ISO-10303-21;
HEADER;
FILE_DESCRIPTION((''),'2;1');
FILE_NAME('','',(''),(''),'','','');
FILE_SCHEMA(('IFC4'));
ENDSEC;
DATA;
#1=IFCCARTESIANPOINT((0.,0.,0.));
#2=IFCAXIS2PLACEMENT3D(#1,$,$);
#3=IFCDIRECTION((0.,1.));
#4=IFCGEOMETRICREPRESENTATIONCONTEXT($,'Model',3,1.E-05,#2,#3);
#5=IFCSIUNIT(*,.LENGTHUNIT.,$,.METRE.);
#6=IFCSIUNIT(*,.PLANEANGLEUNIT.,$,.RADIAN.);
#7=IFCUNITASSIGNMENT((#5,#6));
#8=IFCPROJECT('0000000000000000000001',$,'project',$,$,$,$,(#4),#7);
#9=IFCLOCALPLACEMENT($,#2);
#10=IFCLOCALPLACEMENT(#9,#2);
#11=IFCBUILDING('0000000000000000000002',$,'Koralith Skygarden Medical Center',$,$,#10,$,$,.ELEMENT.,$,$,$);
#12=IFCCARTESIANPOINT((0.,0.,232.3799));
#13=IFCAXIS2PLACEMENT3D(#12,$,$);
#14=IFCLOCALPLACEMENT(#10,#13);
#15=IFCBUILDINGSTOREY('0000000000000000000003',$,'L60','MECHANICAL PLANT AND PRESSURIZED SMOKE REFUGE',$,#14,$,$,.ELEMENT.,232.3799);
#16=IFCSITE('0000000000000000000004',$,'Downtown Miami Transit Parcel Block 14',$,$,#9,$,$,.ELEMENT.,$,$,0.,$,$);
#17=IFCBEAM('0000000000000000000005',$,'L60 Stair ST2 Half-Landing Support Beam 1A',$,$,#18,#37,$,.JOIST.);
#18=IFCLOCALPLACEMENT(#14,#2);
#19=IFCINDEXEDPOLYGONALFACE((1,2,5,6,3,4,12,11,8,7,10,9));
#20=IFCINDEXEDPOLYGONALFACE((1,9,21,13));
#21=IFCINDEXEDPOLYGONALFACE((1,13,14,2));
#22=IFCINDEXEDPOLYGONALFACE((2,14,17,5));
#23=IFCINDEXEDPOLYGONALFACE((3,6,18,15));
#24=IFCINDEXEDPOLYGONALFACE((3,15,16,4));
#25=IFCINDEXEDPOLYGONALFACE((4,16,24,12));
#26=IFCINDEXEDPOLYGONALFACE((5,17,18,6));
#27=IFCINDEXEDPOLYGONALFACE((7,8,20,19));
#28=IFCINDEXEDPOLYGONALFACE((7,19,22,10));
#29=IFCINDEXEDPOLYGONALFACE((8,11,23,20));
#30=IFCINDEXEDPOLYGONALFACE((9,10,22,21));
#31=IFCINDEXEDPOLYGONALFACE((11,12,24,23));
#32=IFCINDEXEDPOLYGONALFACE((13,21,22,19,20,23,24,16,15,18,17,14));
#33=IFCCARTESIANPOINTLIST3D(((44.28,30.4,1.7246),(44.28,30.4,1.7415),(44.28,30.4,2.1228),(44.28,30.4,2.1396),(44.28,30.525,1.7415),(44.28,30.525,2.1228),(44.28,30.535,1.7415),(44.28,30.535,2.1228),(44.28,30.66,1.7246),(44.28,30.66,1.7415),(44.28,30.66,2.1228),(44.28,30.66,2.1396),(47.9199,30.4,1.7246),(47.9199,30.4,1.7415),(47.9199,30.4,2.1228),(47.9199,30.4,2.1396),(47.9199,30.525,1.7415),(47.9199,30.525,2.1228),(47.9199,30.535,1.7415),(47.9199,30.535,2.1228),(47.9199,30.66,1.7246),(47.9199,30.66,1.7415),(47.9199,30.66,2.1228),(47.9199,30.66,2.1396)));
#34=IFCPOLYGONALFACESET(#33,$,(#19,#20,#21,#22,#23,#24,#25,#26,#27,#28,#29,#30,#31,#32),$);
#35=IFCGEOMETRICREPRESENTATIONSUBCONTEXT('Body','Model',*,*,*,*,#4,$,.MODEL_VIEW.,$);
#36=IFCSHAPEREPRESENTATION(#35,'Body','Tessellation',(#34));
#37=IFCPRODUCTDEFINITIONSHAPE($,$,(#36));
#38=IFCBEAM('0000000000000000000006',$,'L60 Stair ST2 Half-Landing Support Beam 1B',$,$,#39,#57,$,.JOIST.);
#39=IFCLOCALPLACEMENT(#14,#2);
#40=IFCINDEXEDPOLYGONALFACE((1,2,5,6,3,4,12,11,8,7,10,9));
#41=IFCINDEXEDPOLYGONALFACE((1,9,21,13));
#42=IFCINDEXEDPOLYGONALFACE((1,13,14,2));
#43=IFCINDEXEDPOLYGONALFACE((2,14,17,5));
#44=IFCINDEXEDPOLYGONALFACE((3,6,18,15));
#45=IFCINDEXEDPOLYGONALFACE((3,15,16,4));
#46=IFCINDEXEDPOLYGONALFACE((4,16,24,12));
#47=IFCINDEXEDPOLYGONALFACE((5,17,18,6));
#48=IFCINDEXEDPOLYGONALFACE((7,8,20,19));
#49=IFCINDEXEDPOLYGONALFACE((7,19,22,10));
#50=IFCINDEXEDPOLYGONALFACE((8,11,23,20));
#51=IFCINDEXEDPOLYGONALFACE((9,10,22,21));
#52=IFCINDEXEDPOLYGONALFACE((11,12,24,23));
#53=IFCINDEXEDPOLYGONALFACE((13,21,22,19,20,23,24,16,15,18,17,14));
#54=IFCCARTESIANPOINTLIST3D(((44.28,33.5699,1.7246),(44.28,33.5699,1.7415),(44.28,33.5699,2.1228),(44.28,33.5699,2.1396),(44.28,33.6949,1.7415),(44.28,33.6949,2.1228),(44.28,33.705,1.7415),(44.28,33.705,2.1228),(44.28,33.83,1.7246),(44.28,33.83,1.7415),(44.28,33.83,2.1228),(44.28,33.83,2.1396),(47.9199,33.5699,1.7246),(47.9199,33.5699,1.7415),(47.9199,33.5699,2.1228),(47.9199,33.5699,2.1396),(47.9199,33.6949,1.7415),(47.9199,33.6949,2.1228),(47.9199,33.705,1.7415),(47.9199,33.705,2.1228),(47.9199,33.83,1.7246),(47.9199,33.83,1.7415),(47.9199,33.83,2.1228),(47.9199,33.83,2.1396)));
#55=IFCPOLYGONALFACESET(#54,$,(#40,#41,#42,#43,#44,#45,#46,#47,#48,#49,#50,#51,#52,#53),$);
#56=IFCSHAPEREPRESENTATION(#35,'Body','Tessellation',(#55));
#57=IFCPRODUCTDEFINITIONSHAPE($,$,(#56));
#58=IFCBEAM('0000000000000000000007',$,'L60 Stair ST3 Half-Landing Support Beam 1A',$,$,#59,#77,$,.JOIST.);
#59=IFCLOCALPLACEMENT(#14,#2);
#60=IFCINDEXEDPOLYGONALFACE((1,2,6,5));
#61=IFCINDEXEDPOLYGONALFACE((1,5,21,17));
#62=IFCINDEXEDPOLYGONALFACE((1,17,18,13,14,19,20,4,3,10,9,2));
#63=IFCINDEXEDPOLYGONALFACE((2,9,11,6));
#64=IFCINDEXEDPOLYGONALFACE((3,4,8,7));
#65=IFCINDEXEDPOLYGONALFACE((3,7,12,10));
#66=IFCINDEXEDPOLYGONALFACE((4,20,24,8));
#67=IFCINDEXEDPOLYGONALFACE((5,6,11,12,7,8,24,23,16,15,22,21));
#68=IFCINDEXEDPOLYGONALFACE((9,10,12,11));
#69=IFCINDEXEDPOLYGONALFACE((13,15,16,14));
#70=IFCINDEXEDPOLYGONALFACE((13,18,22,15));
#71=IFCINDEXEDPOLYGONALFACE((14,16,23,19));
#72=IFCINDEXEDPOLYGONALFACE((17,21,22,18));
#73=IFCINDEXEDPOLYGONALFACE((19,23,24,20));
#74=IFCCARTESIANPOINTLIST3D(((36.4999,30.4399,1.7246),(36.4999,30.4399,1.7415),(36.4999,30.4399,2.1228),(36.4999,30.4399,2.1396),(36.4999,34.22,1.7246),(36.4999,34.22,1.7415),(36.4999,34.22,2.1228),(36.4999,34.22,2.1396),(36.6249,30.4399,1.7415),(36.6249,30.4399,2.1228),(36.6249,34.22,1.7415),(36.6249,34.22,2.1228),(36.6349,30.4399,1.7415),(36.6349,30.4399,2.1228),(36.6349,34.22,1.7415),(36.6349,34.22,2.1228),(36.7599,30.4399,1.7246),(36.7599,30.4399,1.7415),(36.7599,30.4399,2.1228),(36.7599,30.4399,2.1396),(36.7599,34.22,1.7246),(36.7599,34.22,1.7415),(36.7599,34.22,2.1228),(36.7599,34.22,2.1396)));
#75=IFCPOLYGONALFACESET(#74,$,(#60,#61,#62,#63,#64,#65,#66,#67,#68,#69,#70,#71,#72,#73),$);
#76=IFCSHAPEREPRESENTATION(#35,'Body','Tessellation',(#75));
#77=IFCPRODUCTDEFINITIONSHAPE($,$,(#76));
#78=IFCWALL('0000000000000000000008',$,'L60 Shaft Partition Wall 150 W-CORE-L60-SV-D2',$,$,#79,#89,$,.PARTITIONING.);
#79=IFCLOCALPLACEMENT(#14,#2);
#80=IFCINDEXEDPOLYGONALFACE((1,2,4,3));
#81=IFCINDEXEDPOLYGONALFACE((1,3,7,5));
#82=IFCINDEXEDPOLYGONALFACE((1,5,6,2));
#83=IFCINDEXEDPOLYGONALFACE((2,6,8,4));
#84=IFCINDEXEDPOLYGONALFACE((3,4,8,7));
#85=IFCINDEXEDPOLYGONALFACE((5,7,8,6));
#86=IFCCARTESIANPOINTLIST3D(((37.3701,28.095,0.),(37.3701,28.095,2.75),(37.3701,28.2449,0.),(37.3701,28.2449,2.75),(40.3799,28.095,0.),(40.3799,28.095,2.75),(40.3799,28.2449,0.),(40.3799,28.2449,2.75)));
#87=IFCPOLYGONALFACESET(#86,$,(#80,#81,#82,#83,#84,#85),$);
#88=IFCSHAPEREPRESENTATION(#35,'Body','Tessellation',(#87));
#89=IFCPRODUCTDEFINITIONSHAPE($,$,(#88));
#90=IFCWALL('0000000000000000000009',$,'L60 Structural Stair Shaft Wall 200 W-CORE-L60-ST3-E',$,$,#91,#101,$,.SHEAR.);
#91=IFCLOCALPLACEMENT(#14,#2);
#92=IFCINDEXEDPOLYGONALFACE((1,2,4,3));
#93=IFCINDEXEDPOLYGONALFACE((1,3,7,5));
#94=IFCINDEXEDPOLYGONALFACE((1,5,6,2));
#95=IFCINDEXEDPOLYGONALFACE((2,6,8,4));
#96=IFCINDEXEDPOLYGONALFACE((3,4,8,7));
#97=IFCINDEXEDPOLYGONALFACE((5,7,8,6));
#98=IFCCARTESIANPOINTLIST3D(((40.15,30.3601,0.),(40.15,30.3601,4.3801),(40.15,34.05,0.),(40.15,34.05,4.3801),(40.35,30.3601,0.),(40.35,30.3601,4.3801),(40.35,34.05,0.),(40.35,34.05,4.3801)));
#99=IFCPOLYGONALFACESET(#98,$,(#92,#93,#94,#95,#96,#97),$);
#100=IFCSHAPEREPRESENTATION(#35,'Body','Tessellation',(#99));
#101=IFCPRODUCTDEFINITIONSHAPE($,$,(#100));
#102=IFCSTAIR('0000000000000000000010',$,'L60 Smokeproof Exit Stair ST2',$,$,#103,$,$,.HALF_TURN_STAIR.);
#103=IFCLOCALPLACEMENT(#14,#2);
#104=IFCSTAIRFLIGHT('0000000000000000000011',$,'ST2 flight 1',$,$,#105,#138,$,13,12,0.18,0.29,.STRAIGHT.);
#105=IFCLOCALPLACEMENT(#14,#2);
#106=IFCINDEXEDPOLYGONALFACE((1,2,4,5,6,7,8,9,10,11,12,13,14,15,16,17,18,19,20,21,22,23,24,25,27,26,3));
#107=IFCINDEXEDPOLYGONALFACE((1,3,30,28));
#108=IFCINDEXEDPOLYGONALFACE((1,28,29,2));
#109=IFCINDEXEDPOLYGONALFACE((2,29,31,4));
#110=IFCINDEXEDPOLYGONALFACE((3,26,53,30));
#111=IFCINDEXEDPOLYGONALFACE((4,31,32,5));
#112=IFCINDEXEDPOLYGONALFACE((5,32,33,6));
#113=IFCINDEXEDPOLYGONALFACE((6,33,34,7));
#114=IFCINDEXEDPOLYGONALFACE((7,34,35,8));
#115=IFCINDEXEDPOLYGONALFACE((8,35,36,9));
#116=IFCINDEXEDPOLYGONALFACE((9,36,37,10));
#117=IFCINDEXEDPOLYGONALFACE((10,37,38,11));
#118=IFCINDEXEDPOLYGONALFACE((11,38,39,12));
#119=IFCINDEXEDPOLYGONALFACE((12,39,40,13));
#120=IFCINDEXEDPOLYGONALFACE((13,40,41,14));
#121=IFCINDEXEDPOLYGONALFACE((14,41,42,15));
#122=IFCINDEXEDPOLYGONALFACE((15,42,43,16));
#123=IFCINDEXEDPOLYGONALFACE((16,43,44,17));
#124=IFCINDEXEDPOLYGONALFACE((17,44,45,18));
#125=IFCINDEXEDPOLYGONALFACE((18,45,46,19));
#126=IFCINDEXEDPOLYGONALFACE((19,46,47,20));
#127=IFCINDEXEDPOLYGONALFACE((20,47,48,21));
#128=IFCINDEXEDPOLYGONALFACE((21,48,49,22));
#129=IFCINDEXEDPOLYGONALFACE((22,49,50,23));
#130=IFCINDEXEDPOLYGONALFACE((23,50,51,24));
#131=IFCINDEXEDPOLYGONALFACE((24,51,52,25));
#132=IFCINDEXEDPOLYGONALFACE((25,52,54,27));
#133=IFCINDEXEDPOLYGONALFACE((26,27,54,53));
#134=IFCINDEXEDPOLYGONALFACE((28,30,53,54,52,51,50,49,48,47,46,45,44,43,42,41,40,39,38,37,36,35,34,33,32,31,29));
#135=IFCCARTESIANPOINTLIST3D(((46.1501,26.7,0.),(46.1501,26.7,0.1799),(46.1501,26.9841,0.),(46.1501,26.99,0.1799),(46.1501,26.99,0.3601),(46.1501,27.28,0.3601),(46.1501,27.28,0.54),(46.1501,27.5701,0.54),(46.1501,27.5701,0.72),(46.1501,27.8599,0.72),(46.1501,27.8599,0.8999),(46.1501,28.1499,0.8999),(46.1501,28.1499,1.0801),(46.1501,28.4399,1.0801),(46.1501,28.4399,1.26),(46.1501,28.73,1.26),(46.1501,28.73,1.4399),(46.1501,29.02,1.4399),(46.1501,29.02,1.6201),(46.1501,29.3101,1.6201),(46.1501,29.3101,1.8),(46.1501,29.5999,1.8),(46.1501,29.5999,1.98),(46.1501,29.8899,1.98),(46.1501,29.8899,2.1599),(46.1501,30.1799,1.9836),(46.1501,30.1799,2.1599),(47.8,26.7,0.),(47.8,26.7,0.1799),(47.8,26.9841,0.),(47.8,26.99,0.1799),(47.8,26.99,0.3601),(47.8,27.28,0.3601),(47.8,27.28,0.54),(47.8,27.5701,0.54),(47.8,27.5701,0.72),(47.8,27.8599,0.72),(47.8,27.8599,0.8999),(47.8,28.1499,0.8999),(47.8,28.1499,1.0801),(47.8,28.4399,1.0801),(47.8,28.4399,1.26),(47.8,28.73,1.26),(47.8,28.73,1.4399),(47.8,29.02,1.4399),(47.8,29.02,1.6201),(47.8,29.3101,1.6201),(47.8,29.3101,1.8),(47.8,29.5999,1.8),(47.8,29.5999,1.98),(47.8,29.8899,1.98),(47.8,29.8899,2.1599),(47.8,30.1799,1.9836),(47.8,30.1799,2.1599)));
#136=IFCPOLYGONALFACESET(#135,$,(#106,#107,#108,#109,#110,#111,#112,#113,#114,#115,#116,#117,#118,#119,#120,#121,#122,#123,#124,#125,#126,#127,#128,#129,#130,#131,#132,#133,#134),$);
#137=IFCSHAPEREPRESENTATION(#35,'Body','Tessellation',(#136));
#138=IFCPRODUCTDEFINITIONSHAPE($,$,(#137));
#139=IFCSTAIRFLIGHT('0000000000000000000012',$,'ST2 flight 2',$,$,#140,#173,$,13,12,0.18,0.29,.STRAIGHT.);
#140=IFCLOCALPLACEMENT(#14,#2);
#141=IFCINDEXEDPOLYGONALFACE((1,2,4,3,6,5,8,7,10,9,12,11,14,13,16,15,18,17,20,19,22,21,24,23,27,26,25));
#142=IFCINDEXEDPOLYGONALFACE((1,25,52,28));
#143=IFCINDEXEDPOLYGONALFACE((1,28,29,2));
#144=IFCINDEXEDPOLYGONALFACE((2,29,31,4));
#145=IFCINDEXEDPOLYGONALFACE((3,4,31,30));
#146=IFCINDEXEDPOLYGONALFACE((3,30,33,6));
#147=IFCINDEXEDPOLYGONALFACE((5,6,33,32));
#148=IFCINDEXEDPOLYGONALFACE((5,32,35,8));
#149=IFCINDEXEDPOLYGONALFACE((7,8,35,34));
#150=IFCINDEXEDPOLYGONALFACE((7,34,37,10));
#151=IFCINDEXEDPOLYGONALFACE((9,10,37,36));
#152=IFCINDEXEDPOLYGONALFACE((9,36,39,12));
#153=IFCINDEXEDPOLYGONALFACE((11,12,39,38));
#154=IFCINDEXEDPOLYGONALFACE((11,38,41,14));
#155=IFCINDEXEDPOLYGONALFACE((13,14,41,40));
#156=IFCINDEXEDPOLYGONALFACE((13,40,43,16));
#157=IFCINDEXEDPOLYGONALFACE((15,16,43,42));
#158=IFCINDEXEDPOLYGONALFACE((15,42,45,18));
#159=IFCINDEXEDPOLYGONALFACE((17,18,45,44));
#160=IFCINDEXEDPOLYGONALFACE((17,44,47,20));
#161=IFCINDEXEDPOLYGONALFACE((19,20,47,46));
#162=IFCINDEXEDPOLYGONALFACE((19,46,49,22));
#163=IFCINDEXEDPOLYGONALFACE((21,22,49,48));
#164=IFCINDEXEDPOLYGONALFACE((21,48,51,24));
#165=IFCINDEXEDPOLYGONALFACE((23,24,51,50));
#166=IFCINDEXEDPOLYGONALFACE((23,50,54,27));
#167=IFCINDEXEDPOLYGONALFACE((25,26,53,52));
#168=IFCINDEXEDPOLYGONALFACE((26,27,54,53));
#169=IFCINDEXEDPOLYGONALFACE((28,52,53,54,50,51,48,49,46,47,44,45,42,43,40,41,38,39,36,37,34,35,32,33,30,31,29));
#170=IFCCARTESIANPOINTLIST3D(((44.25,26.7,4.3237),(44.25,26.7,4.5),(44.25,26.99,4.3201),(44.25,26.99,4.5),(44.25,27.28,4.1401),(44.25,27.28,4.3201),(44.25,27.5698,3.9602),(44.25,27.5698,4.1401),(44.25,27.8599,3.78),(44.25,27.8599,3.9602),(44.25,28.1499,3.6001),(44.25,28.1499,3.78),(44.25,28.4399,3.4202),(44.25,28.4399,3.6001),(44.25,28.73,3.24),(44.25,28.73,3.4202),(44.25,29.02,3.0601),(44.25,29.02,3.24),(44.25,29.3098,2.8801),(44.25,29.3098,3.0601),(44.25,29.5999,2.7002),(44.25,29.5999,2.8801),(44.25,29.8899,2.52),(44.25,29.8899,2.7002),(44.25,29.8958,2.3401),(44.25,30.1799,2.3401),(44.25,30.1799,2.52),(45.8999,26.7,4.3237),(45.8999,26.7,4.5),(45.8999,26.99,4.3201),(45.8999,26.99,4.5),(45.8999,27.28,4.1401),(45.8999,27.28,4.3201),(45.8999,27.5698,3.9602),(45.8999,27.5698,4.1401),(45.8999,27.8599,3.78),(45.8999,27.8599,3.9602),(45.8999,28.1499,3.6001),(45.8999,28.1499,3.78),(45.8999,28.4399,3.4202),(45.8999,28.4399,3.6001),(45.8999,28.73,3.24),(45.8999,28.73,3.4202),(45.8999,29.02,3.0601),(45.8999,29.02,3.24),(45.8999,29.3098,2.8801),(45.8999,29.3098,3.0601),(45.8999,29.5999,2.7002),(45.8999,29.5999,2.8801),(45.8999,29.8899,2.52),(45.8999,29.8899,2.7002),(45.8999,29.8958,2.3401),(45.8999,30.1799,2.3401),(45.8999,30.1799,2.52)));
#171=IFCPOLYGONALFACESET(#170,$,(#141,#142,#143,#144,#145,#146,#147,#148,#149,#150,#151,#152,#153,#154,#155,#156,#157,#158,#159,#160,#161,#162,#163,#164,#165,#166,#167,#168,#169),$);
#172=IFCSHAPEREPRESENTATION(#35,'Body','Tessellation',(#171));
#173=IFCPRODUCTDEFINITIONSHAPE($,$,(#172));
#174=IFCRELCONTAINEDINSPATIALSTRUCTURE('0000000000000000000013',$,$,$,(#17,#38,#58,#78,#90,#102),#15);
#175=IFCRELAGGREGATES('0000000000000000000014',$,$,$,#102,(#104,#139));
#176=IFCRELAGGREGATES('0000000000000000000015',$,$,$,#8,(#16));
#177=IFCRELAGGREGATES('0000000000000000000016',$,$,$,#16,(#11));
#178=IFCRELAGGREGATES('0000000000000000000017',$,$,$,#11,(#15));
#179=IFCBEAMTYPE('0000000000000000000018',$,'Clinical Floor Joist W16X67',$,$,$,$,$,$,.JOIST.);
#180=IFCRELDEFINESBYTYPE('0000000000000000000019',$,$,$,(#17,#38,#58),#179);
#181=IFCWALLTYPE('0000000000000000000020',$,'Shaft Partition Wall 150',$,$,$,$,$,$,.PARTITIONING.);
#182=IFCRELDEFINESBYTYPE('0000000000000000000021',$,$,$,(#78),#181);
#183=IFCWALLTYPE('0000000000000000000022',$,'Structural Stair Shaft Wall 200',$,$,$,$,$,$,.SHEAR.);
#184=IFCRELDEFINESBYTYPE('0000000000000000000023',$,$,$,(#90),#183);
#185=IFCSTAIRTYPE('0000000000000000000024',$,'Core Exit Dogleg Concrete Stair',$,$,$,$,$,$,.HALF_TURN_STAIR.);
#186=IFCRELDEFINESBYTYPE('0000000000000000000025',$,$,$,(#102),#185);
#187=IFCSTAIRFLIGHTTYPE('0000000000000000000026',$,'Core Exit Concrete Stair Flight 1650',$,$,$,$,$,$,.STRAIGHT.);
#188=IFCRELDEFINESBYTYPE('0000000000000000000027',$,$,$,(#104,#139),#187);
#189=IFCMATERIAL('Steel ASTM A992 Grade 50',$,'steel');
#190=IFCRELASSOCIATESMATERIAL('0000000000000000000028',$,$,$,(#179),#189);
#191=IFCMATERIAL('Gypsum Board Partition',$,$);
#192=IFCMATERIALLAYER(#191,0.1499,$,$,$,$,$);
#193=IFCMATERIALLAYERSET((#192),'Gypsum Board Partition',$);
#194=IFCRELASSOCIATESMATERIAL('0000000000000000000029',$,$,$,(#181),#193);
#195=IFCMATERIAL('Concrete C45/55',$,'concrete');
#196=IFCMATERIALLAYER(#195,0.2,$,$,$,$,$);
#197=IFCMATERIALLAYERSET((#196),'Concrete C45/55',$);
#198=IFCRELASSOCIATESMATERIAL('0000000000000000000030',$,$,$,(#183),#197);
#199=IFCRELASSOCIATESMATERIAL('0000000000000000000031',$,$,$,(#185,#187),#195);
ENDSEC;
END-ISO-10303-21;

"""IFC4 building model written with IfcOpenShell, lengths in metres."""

from ifc_helpers import new_model, si_unit, direction, frame, frame_2d, origin, origin_2d, place, context, subcontext, project, spatial, polyline, rectangle, i_section, outline, extrude, material, layer, layer_set, material_profile, profile_set, type_object, element, aggregate, save


model = new_model("IFC4")

# Units and contexts
model_context = context("Model", 3, precision=1e-05, world=origin(), true_north=direction((0.0, 1.0)))
body_context = subcontext(model_context, "Body", "Model", "MODEL_VIEW")
ifc_project = project(units=[si_unit("LENGTHUNIT", "METRE"), si_unit("PLANEANGLEUNIT", "RADIAN")], contexts=[model_context])

# Site, building, storey
site_placement = place(None, origin())
site = spatial("IfcSite", under=ifc_project, at=site_placement, Name="Downtown Miami Transit Parcel Block 14", CompositionType="ELEMENT", RefElevation=0.0)
building_placement = place(site_placement, origin())
building = spatial("IfcBuilding", under=site, at=building_placement, Name="Koralith Skygarden Medical Center", CompositionType="ELEMENT")
storey_placement = place(building_placement, frame((0.0, 0.0, 232.3799)))
storey = spatial("IfcBuildingStorey", under=building, at=storey_placement, Name="L60", Description="MECHANICAL PLANT AND PRESSURIZED SMOKE REFUGE", CompositionType="ELEMENT", Elevation=232.3799)

# Beams
ifc_material_1 = material(Name="Steel ASTM A992 Grade 50", Category="steel")
ifc_material_profile = material_profile(ifc_material_1, i_section(OverallWidth=0.26, OverallDepth=0.415, WebThickness=0.01, FlangeThickness=0.0168, at=origin_2d()), Name="W16X67")
ifc_profile_set = profile_set([ifc_material_profile], Name="Steel ASTM A992 Grade 50")
beam_type = type_object("IfcBeamType", Name="Clinical Floor Joist W16X67", PredefinedType="JOIST", material=ifc_profile_set)
for number, where, z_axis, x_axis, name in (
    (1, (44.28, 30.53, 1.9321), (1.0, 0.0, 0.0), (0.0, 1.0, 0.0), "L60 Stair ST2 Half-Landing Support Beam 1A"),
    (2, (44.28, 33.7, 1.9321), (1.0, 0.0, 0.0), (0.0, 1.0, 0.0), "L60 Stair ST2 Half-Landing Support Beam 1B"),
):
    element("IfcBeam", number, at=place(storey_placement, frame(where, z_axis=z_axis, x_axis=x_axis)), inside=storey, type_object=beam_type, Name=name, PredefinedType="JOIST", context=body_context, shape_type="SweptSolid", body=[
        extrude(i_section(OverallWidth=0.26, OverallDepth=0.415, WebThickness=0.01, FlangeThickness=0.0168, at=origin_2d()), origin(), (0.0, 0.0, 1.0), 3.6399),
    ])
beam_placement = place(storey_placement, frame((36.6299, 30.4399, 1.9321), z_axis=(0.0, 1.0, 0.0), x_axis=(-1.0, 0.0, 0.0)))
element("IfcBeam", 3, at=beam_placement, inside=storey, type_object=beam_type, Name="L60 Stair ST3 Half-Landing Support Beam 1A", PredefinedType="JOIST", context=body_context, shape_type="SweptSolid", body=[
    extrude(i_section(OverallWidth=0.26, OverallDepth=0.415, WebThickness=0.01, FlangeThickness=0.0168, at=origin_2d()), origin(), (0.0, 0.0, 1.0), 3.78),
])

# Walls
ifc_material_2 = material(Name="Gypsum Board Partition")
ifc_layer_1 = layer(ifc_material_2, 0.1499)
ifc_layer_set_1 = layer_set([ifc_layer_1], Name="Gypsum Board Partition")
wall_type_1 = type_object("IfcWallType", Name="Shaft Partition Wall 150", PredefinedType="PARTITIONING", material=ifc_layer_set_1)
wall_1_placement = place(storey_placement, frame((37.3701, 28.1699, 0.0), z_axis=(0.0, 0.0, 1.0), x_axis=(1.0, 0.0, 0.0)))
element("IfcWall", 4, at=wall_1_placement, inside=storey, type_object=wall_type_1, Name="L60 Shaft Partition Wall 150 W-CORE-L60-SV-D2", PredefinedType="PARTITIONING", context=body_context, shape_type="SweptSolid", body=[
    extrude(rectangle(XDim=3.0098, YDim=0.1499, at=frame_2d((1.5049, 0.0))), origin(), (0.0, 0.0, 1.0), 2.75),
])
ifc_material_3 = material(Name="Concrete C45/55", Category="concrete")
ifc_layer_2 = layer(ifc_material_3, 0.2)
ifc_layer_set_2 = layer_set([ifc_layer_2], Name="Concrete C45/55")
wall_type_2 = type_object("IfcWallType", Name="Structural Stair Shaft Wall 200", PredefinedType="SHEAR", material=ifc_layer_set_2)
wall_2_placement = place(storey_placement, frame((40.25, 30.3601, 0.0), z_axis=(0.0, 0.0, 1.0), x_axis=(0.0, 1.0, 0.0)))
element("IfcWall", 5, at=wall_2_placement, inside=storey, type_object=wall_type_2, Name="L60 Structural Stair Shaft Wall 200 W-CORE-L60-ST3-E", PredefinedType="SHEAR", context=body_context, shape_type="SweptSolid", body=[
    extrude(rectangle(XDim=3.6899, YDim=0.2, at=frame_2d((1.845, 0.0))), origin(), (0.0, 0.0, 1.0), 4.3801),
])

# Stair, stair flights
stair_type = type_object("IfcStairType", Name="Core Exit Dogleg Concrete Stair", PredefinedType="HALF_TURN_STAIR", material=ifc_material_3)
stair_1_placement = place(storey_placement, origin())
stair_1 = element("IfcStair", 6, at=stair_1_placement, inside=storey, type_object=stair_type, Name="L60 Smokeproof Exit Stair ST2", PredefinedType="HALF_TURN_STAIR")
stair_flight_type = type_object("IfcStairFlightType", Name="Core Exit Concrete Stair Flight 1650", PredefinedType="STRAIGHT", material=ifc_material_3)
stair_flight_1_placement = place(storey_placement, frame((46.9751, 26.7, 0.0), z_axis=(0.0, 0.0, 1.0), x_axis=(0.0, 1.0, 0.0)))
stair_flight_1 = element("IfcStairFlight", 7, at=stair_flight_1_placement, type_object=stair_flight_type, Name="ST2 flight 1", NumberOfRisers=13, NumberOfTreads=12, PredefinedType="STRAIGHT", RiserHeight=0.18, TreadLength=0.29, context=body_context, shape_type="SweptSolid", body=[
    extrude(outline(polyline([(0.0, 0.0), (0.0, 0.1799), (0.29, 0.1799), (0.29, 0.3601), (0.5801, 0.3601), (0.5801, 0.54), (0.8701, 0.54), (0.8701, 0.72), (1.1599, 0.72), (1.1599, 0.8999), (1.45, 0.8999), (1.45, 1.0801), (1.74, 1.0801), (1.74, 1.26), (2.03, 1.26), (2.03, 1.4399), (2.3201, 1.4399), (2.3201, 1.6201), (2.6101, 1.6201), (2.6101, 1.8), (2.8999, 1.8), (2.8999, 1.98), (3.1899, 1.98), (3.1899, 2.1599), (3.48, 2.1599), (3.48, 2.3401), (3.48, 1.9836), (0.2842, 0.0), (0.0, 0.0)])), frame((0.0, 0.825, 0.0), z_axis=(0.0, -1.0, 0.0), x_axis=(1.0, 0.0, 0.0)), (0.0, 0.0, 1.0), 1.6499),
])
stair_flight_2_placement = place(storey_placement, frame((45.075, 30.1799, 2.3401), z_axis=(0.0, 0.0, 1.0), x_axis=(0.0, -1.0, 0.0)))
stair_flight_2 = element("IfcStairFlight", 8, at=stair_flight_2_placement, type_object=stair_flight_type, Name="ST2 flight 2", NumberOfRisers=13, NumberOfTreads=12, PredefinedType="STRAIGHT", RiserHeight=0.18, TreadLength=0.29, context=body_context, shape_type="SweptSolid", body=[
    extrude(outline(polyline([(0.0, 0.0), (0.0, 0.1799), (0.29, 0.1799), (0.29, 0.3601), (0.5801, 0.3601), (0.5801, 0.54), (0.8701, 0.54), (0.8701, 0.72), (1.1599, 0.72), (1.1599, 0.8999), (1.45, 0.8999), (1.45, 1.0801), (1.74, 1.0801), (1.74, 1.26), (2.03, 1.26), (2.03, 1.4399), (2.3201, 1.4399), (2.3201, 1.6201), (2.6101, 1.6201), (2.6101, 1.8), (2.8999, 1.8), (2.8999, 1.98), (3.1899, 1.98), (3.1899, 2.1599), (3.48, 2.1599), (3.48, 2.3401), (3.48, 1.9836), (0.2842, 0.0), (0.0, 0.0)])), frame((0.0, 0.825, 0.0), z_axis=(0.0, -1.0, 0.0), x_axis=(1.0, 0.0, 0.0)), (0.0, 0.0, 1.0), 1.6499),
])
aggregate(stair_1, [stair_flight_1, stair_flight_2])

save(model, "model.ifc")
